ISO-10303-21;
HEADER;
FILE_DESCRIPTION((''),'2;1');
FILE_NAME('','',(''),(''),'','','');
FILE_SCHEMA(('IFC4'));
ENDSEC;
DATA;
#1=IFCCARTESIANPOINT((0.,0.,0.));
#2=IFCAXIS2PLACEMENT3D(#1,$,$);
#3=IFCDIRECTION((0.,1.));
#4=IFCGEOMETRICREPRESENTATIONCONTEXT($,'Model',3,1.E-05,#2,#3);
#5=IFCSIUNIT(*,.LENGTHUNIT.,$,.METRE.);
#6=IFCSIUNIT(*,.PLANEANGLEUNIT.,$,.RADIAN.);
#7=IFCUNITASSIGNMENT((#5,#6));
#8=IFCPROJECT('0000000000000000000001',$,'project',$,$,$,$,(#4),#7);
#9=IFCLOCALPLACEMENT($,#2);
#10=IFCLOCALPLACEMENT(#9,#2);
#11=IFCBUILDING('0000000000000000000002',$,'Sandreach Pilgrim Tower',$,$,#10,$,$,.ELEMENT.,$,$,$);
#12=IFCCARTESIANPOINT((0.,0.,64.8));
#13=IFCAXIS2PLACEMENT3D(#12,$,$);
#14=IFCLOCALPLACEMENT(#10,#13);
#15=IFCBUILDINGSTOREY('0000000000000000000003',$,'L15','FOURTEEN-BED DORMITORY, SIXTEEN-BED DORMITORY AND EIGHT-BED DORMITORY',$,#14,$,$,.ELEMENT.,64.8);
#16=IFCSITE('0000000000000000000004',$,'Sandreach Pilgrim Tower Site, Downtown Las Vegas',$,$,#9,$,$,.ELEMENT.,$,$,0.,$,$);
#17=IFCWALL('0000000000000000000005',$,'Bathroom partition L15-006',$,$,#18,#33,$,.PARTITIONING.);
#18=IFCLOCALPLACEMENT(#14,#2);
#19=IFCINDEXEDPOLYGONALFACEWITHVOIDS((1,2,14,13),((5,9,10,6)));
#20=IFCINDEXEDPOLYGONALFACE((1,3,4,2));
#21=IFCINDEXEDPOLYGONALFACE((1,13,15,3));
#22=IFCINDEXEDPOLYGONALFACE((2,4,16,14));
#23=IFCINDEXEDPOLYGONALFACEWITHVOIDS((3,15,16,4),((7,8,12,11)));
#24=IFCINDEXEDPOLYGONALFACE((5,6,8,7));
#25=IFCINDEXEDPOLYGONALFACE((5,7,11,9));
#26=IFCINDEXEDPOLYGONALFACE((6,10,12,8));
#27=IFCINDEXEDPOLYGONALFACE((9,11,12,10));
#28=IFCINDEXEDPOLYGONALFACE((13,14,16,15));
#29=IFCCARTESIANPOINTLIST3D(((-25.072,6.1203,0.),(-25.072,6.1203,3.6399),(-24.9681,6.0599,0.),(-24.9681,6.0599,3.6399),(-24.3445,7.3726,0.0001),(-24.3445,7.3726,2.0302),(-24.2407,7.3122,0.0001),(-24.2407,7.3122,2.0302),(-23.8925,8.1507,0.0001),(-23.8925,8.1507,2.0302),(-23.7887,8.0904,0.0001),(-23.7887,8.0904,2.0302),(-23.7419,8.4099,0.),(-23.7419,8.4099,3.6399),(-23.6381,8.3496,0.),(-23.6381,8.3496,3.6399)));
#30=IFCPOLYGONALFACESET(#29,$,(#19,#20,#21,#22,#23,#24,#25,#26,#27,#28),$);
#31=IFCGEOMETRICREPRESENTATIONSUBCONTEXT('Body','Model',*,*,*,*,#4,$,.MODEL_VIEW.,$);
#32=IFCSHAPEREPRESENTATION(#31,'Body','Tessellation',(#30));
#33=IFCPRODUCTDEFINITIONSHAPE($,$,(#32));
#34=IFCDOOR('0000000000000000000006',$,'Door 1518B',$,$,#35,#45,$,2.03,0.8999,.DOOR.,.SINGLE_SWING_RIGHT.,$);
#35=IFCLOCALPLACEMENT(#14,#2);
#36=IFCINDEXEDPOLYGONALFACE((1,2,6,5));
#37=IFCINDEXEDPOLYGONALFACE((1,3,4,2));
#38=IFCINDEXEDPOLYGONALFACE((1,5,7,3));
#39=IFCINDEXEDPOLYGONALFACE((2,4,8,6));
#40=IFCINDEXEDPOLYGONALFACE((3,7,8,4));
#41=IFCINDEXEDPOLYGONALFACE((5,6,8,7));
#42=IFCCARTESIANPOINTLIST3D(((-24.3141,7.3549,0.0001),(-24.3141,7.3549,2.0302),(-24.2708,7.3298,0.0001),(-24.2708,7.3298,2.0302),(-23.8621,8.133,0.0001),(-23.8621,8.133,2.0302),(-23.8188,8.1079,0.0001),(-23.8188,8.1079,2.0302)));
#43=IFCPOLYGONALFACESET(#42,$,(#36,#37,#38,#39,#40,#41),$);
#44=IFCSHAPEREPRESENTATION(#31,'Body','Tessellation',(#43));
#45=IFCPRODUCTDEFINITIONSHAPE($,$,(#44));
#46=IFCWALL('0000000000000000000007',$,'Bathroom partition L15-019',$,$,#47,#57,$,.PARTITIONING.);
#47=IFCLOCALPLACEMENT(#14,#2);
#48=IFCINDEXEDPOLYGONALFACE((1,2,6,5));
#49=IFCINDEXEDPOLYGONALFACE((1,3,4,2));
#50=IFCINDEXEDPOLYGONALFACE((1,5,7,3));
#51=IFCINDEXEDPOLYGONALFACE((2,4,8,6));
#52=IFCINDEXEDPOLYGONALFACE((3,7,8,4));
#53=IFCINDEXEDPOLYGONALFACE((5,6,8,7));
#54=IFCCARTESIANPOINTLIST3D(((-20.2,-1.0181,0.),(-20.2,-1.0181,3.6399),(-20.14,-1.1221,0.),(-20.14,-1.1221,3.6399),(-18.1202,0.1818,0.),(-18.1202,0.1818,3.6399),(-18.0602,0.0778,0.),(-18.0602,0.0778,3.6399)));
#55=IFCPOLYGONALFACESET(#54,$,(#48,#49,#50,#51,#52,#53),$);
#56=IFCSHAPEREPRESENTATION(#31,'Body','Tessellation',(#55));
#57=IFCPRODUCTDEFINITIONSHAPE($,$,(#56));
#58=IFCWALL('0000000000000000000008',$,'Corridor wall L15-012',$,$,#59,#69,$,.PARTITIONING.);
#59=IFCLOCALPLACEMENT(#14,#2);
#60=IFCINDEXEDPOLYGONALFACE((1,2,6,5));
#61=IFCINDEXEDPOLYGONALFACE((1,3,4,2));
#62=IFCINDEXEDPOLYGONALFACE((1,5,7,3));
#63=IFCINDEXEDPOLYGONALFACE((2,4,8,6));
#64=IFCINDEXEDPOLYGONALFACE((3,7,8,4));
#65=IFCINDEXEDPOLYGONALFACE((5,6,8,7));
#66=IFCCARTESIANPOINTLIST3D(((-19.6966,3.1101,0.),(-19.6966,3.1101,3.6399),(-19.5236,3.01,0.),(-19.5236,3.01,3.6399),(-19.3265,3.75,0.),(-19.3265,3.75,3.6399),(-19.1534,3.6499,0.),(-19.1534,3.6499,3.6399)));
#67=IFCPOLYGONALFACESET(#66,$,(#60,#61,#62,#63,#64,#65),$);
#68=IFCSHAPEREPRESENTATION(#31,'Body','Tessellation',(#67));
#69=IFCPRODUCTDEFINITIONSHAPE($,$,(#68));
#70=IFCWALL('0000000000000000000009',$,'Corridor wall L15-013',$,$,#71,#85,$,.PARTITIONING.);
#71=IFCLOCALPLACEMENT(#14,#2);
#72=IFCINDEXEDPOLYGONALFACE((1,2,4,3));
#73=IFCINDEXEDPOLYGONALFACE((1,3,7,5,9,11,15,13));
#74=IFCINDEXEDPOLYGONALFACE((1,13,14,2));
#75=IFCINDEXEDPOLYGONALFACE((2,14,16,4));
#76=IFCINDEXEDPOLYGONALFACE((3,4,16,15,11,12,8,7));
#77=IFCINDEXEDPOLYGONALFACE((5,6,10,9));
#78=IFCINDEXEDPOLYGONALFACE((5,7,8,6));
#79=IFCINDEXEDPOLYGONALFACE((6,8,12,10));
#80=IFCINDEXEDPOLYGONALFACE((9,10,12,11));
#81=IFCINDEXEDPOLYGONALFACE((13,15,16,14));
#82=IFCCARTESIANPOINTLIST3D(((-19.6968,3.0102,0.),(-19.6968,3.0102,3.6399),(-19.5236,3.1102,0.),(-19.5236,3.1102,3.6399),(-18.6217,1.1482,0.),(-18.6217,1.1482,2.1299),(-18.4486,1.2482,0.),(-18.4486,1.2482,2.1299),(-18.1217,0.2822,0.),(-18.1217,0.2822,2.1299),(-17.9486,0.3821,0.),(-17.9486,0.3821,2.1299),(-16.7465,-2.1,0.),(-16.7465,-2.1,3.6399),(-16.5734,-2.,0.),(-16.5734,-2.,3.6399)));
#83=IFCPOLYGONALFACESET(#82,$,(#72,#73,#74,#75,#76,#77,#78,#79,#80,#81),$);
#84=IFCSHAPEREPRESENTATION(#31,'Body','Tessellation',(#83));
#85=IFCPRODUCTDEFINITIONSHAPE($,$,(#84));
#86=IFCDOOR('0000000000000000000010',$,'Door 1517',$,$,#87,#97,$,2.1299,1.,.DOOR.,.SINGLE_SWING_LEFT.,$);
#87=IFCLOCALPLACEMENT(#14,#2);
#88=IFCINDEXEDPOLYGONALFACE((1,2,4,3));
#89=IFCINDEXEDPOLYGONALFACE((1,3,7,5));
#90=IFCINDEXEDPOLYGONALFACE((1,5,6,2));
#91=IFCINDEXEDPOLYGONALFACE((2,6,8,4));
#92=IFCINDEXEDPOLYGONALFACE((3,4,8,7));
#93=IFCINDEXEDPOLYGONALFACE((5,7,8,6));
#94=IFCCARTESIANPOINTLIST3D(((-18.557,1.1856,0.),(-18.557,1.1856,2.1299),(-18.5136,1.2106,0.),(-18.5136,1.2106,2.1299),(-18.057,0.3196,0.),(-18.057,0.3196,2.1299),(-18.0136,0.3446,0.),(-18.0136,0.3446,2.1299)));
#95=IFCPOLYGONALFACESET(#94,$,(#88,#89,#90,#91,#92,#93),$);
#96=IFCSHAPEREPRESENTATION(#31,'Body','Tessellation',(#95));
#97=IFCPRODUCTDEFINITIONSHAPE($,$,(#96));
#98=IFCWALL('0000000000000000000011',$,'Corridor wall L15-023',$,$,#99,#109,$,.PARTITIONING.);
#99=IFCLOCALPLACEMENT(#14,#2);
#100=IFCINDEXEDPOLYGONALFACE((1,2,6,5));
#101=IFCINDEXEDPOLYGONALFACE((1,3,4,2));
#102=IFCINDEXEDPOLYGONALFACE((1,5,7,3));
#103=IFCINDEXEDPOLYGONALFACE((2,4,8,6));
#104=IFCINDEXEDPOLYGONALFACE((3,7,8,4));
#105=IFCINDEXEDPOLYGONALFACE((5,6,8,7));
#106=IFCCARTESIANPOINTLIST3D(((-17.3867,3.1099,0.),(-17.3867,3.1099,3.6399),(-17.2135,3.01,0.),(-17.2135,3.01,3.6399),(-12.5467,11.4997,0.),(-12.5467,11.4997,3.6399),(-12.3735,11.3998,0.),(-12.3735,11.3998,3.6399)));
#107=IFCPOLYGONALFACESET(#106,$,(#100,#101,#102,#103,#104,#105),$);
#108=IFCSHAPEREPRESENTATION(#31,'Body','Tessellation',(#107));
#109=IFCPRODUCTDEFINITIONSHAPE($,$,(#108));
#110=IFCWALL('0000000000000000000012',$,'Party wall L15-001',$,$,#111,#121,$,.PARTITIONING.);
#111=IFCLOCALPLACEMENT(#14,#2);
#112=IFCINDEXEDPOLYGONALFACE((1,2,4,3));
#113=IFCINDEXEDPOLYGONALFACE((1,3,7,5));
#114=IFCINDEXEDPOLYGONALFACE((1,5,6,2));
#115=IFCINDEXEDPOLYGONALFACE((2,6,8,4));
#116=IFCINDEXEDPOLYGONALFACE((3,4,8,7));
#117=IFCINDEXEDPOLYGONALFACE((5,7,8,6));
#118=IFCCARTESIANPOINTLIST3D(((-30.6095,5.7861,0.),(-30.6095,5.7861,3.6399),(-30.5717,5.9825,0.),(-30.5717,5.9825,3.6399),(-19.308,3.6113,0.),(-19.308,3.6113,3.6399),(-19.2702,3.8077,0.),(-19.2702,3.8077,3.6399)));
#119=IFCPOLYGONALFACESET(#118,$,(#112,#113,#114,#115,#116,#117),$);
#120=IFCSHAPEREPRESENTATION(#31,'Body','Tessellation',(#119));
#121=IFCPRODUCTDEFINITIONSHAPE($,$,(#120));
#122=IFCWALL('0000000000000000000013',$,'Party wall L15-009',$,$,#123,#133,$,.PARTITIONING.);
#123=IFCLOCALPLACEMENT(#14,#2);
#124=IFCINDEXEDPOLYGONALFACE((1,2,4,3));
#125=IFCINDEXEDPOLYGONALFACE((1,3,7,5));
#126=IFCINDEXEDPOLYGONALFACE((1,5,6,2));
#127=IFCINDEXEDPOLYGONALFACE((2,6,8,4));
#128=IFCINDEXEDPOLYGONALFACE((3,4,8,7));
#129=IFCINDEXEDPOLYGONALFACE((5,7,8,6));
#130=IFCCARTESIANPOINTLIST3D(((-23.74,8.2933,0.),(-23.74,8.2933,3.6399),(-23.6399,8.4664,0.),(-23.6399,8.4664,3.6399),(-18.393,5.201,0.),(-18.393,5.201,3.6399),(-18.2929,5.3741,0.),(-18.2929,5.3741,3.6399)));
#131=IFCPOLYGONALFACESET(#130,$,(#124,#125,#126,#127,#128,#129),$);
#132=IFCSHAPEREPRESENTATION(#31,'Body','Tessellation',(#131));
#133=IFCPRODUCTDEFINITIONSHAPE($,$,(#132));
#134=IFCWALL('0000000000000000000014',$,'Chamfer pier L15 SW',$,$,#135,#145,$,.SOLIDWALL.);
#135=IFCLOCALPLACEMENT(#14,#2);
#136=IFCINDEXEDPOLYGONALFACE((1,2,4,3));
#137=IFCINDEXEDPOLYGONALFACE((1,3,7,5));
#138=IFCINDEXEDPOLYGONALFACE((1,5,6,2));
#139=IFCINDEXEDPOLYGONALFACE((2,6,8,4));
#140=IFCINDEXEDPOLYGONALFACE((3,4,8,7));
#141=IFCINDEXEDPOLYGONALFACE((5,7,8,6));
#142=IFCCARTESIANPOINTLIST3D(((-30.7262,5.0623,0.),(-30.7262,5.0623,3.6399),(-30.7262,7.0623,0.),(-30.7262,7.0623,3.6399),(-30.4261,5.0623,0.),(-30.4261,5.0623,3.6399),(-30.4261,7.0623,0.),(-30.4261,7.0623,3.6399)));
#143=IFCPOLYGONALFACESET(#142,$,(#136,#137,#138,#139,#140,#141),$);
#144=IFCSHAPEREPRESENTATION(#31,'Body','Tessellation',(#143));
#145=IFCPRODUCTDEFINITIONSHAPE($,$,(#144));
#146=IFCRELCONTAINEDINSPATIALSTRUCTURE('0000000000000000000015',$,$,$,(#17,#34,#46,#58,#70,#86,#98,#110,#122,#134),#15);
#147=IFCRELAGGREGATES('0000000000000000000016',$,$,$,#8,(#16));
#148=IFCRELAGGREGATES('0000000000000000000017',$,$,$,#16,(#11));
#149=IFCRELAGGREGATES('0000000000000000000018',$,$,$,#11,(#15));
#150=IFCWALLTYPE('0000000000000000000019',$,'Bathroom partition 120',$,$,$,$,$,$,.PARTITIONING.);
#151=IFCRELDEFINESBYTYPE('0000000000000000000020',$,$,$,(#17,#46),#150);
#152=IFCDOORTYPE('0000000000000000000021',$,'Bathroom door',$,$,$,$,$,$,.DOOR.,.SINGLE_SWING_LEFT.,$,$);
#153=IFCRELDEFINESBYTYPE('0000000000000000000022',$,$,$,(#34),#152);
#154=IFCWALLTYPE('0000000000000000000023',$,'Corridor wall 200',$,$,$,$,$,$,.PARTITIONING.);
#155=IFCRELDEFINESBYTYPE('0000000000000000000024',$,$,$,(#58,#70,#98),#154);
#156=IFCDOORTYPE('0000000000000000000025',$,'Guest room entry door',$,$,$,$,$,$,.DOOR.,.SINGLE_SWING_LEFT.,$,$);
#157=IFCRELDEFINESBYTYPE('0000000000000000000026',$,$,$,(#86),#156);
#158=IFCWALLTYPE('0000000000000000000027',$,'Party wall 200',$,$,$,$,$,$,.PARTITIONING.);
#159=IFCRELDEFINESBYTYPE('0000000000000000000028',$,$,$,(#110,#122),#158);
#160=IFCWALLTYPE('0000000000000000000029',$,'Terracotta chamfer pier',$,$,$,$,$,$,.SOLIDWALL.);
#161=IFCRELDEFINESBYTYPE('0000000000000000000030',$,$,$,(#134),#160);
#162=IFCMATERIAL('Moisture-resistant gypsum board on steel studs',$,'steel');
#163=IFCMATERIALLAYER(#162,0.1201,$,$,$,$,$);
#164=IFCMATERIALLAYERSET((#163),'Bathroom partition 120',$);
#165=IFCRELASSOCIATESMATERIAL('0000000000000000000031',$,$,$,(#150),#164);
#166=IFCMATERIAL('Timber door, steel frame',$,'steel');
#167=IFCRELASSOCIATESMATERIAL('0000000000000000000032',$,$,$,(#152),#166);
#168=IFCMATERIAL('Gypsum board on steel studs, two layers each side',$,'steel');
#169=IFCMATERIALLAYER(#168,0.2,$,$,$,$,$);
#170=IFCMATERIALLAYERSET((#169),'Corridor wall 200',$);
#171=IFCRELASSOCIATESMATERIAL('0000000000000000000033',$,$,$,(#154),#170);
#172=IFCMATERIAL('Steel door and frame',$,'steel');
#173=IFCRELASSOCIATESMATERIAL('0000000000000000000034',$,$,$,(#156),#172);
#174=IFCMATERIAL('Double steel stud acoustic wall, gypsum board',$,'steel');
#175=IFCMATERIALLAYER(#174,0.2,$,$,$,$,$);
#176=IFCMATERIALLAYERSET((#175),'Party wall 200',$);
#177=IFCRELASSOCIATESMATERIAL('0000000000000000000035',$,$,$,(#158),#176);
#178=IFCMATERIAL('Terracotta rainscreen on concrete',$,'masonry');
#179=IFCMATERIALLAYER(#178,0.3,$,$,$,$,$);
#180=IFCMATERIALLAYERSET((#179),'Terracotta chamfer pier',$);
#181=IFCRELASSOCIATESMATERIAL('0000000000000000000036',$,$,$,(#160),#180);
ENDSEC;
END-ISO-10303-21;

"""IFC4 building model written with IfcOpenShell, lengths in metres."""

from ifc_helpers import new_model, si_unit, direction, frame, frame_2d, origin, place, context, subcontext, project, spatial, rectangle, extrude, material, layer, layer_set, type_object, element, fill, save


model = new_model("IFC4")

# Units and contexts
model_context = context("Model", 3, precision=1e-05, world=origin(), true_north=direction((0.0, 1.0)))
body_context = subcontext(model_context, "Body", "Model", "MODEL_VIEW")
ifc_project = project(units=[si_unit("LENGTHUNIT", "METRE"), si_unit("PLANEANGLEUNIT", "RADIAN")], contexts=[model_context])

# Site, building, storey
site_placement = place(None, origin())
site = spatial("IfcSite", under=ifc_project, at=site_placement, Name="Sandreach Pilgrim Tower Site, Downtown Las Vegas", CompositionType="ELEMENT", RefElevation=0.0)
building_placement = place(site_placement, origin())
building = spatial("IfcBuilding", under=site, at=building_placement, Name="Sandreach Pilgrim Tower", CompositionType="ELEMENT")
storey_placement = place(building_placement, frame((0.0, 0.0, 64.8)))
storey = spatial("IfcBuildingStorey", under=building, at=storey_placement, Name="L15", Description="FOURTEEN-BED DORMITORY, SIXTEEN-BED DORMITORY AND EIGHT-BED DORMITORY", CompositionType="ELEMENT", Elevation=64.8)

# Shared definitions
ifc_material_1 = material(Name="Moisture-resistant gypsum board on steel studs", Category="steel")
ifc_layer_1 = layer(ifc_material_1, 0.1201)
ifc_layer_set_1 = layer_set([ifc_layer_1], Name="Bathroom partition 120")
wall_type_1 = type_object("IfcWallType", Name="Bathroom partition 120", PredefinedType="PARTITIONING", material=ifc_layer_set_1)

# Wall, opening, door
wall_1_placement = place(storey_placement, frame((-25.02, 6.0901, 0.0), z_axis=(0.0, 0.0, 1.0), x_axis=(0.502282, 0.864704, 0.0)))
wall_1 = element("IfcWall", 1, at=wall_1_placement, inside=storey, type_object=wall_type_1, Name="Bathroom partition L15-006", PredefinedType="PARTITIONING", context=body_context, shape_type="SweptSolid", body=[
    extrude(rectangle(XDim=2.6479, YDim=0.1201, at=frame_2d((1.324, 0.0))), origin(), (0.0, 0.0, 1.0), 3.6399),
])
opening_1_placement = place(wall_1_placement, frame((1.4482, 0.0, 0.0)))
opening_1 = element("IfcOpeningElement", 2, at=opening_1_placement, cuts=wall_1, PredefinedType="OPENING", context=body_context, shape_type="SweptSolid", body=[
    extrude(rectangle(XDim=0.8999, YDim=2.03, at=frame_2d((0.45, 1.0151))), frame((0.0, 0.0601, 0.0), z_axis=(0.0, -1.0, 0.0), x_axis=(1.0, 0.0, 0.0)), (0.0, 0.0, 1.0), 0.1201),
])
ifc_material_2 = material(Name="Timber door, steel frame", Category="steel")
door_type_1 = type_object("IfcDoorType", Name="Bathroom door", OperationType="SINGLE_SWING_LEFT", PredefinedType="DOOR", material=ifc_material_2)
door_1_placement = place(opening_1_placement, origin())
door_1 = element("IfcDoor", 3, at=door_1_placement, inside=storey, type_object=door_type_1, Name="Door 1518B", OperationType="SINGLE_SWING_RIGHT", OverallHeight=2.03, OverallWidth=0.8999, PredefinedType="DOOR", context=body_context, shape_type="SweptSolid", body=[
    extrude(rectangle(XDim=0.8999, YDim=2.03, at=frame_2d((0.45, 1.0151))), frame((0.0, 0.0249, 0.0), z_axis=(0.0, -1.0, 0.0), x_axis=(1.0, 0.0, 0.0)), (0.0, 0.0, 1.0), 0.05),
])
fill(opening_1, door_1)

# Walls
wall_2_placement = place(storey_placement, frame((-18.0901, 0.1299, 0.0), z_axis=(0.0, 0.0, 1.0), x_axis=(-0.866177, -0.499737, 0.0)))
element("IfcWall", 4, at=wall_2_placement, inside=storey, type_object=wall_type_1, Name="Bathroom partition L15-019", PredefinedType="PARTITIONING", context=body_context, shape_type="SweptSolid", body=[
    extrude(rectangle(XDim=2.4011, YDim=0.1201, at=frame_2d((1.2007, 0.0))), origin(), (0.0, 0.0, 1.0), 3.6399),
])
ifc_material_3 = material(Name="Gypsum board on steel studs, two layers each side", Category="steel")
ifc_layer_2 = layer(ifc_material_3, 0.2)
ifc_layer_set_2 = layer_set([ifc_layer_2], Name="Corridor wall 200")
wall_type_2 = type_object("IfcWallType", Name="Corridor wall 200", PredefinedType="PARTITIONING", material=ifc_layer_set_2)
wall_3_placement = place(storey_placement, frame((-19.6101, 3.0601, 0.0), z_axis=(0.0, 0.0, 1.0), x_axis=(0.500685, 0.86563, 0.0)))
element("IfcWall", 5, at=wall_3_placement, inside=storey, type_object=wall_type_2, Name="Corridor wall L15-012", PredefinedType="PARTITIONING", context=body_context, shape_type="SweptSolid", body=[
    extrude(rectangle(XDim=0.7393, YDim=0.2, at=frame_2d((0.3696, 0.0))), origin(), (0.0, 0.0, 1.0), 3.6399),
])

# Wall, opening, door
wall_4_placement = place(storey_placement, frame((-19.6101, 3.0601, 0.0), z_axis=(0.0, 0.0, 1.0), x_axis=(0.499984, -0.866035, 0.0)))
wall_4 = element("IfcWall", 6, at=wall_4_placement, inside=storey, type_object=wall_type_2, Name="Corridor wall L15-013", PredefinedType="PARTITIONING", context=body_context, shape_type="SweptSolid", body=[
    extrude(rectangle(XDim=5.9006, YDim=0.2, at=frame_2d((2.9502, 0.0))), origin(), (0.0, 0.0, 1.0), 3.6399),
])
opening_2_placement = place(wall_4_placement, frame((2.1499, 0.0, 0.0)))
opening_2 = element("IfcOpeningElement", 7, at=opening_2_placement, cuts=wall_4, PredefinedType="OPENING", context=body_context, shape_type="SweptSolid", body=[
    extrude(rectangle(XDim=1.0, YDim=2.1299, at=frame_2d((0.5, 1.0649))), frame((0.0, 0.1001, 0.0), z_axis=(0.0, -1.0, 0.0), x_axis=(1.0, 0.0, 0.0)), (0.0, 0.0, 1.0), 0.2),
])
ifc_material_4 = material(Name="Steel door and frame", Category="steel")
door_type_2 = type_object("IfcDoorType", Name="Guest room entry door", OperationType="SINGLE_SWING_LEFT", PredefinedType="DOOR", material=ifc_material_4)
door_2_placement = place(opening_2_placement, origin())
door_2 = element("IfcDoor", 8, at=door_2_placement, inside=storey, type_object=door_type_2, Name="Door 1517", OperationType="SINGLE_SWING_LEFT", OverallHeight=2.1299, OverallWidth=1.0, PredefinedType="DOOR", context=body_context, shape_type="SweptSolid", body=[
    extrude(rectangle(XDim=1.0, YDim=2.1299, at=frame_2d((0.5, 1.0649))), frame((0.0, 0.0249, 0.0), z_axis=(0.0, -1.0, 0.0), x_axis=(1.0, 0.0, 0.0)), (0.0, 0.0, 1.0), 0.05),
])
fill(opening_2, door_2)

# Walls
wall_5_placement = place(storey_placement, frame((-17.3, 3.0601, 0.0), z_axis=(0.0, 0.0, 1.0), x_axis=(0.499704, 0.866196, 0.0)))
element("IfcWall", 9, at=wall_5_placement, inside=storey, type_object=wall_type_2, Name="Corridor wall L15-023", PredefinedType="PARTITIONING", context=body_context, shape_type="SweptSolid", body=[
    extrude(rectangle(XDim=9.6858, YDim=0.2, at=frame_2d((4.8428, 0.0))), origin(), (0.0, 0.0, 1.0), 3.6399),
])
ifc_material_5 = material(Name="Double steel stud acoustic wall, gypsum board", Category="steel")
ifc_layer_3 = layer(ifc_material_5, 0.2)
ifc_layer_set_3 = layer_set([ifc_layer_3], Name="Party wall 200")
wall_type_3 = type_object("IfcWallType", Name="Party wall 200", PredefinedType="PARTITIONING", material=ifc_layer_set_3)
wall_6_placement = place(storey_placement, frame((-30.5906, 5.8843, 0.0), z_axis=(0.0, 0.0, 1.0), x_axis=(0.981983, -0.188968, 0.0)))
element("IfcWall", 10, at=wall_6_placement, inside=storey, type_object=wall_type_3, Name="Party wall L15-001", PredefinedType="PARTITIONING", context=body_context, shape_type="SweptSolid", body=[
    extrude(rectangle(XDim=11.5088, YDim=0.2, at=frame_2d((5.7544, 0.0))), origin(), (0.0, 0.0, 1.0), 3.6399),
])
wall_7_placement = place(storey_placement, frame((-23.6899, 8.3799, 0.0), z_axis=(0.0, 0.0, 1.0), x_axis=(0.865658, -0.500636, 0.0)))
element("IfcWall", 11, at=wall_7_placement, inside=storey, type_object=wall_type_3, Name="Party wall L15-009", PredefinedType="PARTITIONING", context=body_context, shape_type="SweptSolid", body=[
    extrude(rectangle(XDim=6.1768, YDim=0.2, at=frame_2d((3.0884, 0.0))), origin(), (0.0, 0.0, 1.0), 3.6399),
])
ifc_material_6 = material(Name="Terracotta rainscreen on concrete", Category="masonry")
ifc_layer_4 = layer(ifc_material_6, 0.3)
ifc_layer_set_4 = layer_set([ifc_layer_4], Name="Terracotta chamfer pier")
wall_type_4 = type_object("IfcWallType", Name="Terracotta chamfer pier", PredefinedType="SOLIDWALL", material=ifc_layer_set_4)
wall_8_placement = place(storey_placement, frame((-30.5762, 5.0623, 0.0), z_axis=(0.0, 0.0, 1.0), x_axis=(0.0, 1.0, 0.0)))
element("IfcWall", 12, at=wall_8_placement, inside=storey, type_object=wall_type_4, Name="Chamfer pier L15 SW", PredefinedType="SOLIDWALL", context=body_context, shape_type="SweptSolid", body=[
    extrude(rectangle(XDim=2.0, YDim=0.3, at=frame_2d((1.0, 0.0))), origin(), (0.0, 0.0, 1.0), 3.6399),
])

save(model, "model.ifc")
